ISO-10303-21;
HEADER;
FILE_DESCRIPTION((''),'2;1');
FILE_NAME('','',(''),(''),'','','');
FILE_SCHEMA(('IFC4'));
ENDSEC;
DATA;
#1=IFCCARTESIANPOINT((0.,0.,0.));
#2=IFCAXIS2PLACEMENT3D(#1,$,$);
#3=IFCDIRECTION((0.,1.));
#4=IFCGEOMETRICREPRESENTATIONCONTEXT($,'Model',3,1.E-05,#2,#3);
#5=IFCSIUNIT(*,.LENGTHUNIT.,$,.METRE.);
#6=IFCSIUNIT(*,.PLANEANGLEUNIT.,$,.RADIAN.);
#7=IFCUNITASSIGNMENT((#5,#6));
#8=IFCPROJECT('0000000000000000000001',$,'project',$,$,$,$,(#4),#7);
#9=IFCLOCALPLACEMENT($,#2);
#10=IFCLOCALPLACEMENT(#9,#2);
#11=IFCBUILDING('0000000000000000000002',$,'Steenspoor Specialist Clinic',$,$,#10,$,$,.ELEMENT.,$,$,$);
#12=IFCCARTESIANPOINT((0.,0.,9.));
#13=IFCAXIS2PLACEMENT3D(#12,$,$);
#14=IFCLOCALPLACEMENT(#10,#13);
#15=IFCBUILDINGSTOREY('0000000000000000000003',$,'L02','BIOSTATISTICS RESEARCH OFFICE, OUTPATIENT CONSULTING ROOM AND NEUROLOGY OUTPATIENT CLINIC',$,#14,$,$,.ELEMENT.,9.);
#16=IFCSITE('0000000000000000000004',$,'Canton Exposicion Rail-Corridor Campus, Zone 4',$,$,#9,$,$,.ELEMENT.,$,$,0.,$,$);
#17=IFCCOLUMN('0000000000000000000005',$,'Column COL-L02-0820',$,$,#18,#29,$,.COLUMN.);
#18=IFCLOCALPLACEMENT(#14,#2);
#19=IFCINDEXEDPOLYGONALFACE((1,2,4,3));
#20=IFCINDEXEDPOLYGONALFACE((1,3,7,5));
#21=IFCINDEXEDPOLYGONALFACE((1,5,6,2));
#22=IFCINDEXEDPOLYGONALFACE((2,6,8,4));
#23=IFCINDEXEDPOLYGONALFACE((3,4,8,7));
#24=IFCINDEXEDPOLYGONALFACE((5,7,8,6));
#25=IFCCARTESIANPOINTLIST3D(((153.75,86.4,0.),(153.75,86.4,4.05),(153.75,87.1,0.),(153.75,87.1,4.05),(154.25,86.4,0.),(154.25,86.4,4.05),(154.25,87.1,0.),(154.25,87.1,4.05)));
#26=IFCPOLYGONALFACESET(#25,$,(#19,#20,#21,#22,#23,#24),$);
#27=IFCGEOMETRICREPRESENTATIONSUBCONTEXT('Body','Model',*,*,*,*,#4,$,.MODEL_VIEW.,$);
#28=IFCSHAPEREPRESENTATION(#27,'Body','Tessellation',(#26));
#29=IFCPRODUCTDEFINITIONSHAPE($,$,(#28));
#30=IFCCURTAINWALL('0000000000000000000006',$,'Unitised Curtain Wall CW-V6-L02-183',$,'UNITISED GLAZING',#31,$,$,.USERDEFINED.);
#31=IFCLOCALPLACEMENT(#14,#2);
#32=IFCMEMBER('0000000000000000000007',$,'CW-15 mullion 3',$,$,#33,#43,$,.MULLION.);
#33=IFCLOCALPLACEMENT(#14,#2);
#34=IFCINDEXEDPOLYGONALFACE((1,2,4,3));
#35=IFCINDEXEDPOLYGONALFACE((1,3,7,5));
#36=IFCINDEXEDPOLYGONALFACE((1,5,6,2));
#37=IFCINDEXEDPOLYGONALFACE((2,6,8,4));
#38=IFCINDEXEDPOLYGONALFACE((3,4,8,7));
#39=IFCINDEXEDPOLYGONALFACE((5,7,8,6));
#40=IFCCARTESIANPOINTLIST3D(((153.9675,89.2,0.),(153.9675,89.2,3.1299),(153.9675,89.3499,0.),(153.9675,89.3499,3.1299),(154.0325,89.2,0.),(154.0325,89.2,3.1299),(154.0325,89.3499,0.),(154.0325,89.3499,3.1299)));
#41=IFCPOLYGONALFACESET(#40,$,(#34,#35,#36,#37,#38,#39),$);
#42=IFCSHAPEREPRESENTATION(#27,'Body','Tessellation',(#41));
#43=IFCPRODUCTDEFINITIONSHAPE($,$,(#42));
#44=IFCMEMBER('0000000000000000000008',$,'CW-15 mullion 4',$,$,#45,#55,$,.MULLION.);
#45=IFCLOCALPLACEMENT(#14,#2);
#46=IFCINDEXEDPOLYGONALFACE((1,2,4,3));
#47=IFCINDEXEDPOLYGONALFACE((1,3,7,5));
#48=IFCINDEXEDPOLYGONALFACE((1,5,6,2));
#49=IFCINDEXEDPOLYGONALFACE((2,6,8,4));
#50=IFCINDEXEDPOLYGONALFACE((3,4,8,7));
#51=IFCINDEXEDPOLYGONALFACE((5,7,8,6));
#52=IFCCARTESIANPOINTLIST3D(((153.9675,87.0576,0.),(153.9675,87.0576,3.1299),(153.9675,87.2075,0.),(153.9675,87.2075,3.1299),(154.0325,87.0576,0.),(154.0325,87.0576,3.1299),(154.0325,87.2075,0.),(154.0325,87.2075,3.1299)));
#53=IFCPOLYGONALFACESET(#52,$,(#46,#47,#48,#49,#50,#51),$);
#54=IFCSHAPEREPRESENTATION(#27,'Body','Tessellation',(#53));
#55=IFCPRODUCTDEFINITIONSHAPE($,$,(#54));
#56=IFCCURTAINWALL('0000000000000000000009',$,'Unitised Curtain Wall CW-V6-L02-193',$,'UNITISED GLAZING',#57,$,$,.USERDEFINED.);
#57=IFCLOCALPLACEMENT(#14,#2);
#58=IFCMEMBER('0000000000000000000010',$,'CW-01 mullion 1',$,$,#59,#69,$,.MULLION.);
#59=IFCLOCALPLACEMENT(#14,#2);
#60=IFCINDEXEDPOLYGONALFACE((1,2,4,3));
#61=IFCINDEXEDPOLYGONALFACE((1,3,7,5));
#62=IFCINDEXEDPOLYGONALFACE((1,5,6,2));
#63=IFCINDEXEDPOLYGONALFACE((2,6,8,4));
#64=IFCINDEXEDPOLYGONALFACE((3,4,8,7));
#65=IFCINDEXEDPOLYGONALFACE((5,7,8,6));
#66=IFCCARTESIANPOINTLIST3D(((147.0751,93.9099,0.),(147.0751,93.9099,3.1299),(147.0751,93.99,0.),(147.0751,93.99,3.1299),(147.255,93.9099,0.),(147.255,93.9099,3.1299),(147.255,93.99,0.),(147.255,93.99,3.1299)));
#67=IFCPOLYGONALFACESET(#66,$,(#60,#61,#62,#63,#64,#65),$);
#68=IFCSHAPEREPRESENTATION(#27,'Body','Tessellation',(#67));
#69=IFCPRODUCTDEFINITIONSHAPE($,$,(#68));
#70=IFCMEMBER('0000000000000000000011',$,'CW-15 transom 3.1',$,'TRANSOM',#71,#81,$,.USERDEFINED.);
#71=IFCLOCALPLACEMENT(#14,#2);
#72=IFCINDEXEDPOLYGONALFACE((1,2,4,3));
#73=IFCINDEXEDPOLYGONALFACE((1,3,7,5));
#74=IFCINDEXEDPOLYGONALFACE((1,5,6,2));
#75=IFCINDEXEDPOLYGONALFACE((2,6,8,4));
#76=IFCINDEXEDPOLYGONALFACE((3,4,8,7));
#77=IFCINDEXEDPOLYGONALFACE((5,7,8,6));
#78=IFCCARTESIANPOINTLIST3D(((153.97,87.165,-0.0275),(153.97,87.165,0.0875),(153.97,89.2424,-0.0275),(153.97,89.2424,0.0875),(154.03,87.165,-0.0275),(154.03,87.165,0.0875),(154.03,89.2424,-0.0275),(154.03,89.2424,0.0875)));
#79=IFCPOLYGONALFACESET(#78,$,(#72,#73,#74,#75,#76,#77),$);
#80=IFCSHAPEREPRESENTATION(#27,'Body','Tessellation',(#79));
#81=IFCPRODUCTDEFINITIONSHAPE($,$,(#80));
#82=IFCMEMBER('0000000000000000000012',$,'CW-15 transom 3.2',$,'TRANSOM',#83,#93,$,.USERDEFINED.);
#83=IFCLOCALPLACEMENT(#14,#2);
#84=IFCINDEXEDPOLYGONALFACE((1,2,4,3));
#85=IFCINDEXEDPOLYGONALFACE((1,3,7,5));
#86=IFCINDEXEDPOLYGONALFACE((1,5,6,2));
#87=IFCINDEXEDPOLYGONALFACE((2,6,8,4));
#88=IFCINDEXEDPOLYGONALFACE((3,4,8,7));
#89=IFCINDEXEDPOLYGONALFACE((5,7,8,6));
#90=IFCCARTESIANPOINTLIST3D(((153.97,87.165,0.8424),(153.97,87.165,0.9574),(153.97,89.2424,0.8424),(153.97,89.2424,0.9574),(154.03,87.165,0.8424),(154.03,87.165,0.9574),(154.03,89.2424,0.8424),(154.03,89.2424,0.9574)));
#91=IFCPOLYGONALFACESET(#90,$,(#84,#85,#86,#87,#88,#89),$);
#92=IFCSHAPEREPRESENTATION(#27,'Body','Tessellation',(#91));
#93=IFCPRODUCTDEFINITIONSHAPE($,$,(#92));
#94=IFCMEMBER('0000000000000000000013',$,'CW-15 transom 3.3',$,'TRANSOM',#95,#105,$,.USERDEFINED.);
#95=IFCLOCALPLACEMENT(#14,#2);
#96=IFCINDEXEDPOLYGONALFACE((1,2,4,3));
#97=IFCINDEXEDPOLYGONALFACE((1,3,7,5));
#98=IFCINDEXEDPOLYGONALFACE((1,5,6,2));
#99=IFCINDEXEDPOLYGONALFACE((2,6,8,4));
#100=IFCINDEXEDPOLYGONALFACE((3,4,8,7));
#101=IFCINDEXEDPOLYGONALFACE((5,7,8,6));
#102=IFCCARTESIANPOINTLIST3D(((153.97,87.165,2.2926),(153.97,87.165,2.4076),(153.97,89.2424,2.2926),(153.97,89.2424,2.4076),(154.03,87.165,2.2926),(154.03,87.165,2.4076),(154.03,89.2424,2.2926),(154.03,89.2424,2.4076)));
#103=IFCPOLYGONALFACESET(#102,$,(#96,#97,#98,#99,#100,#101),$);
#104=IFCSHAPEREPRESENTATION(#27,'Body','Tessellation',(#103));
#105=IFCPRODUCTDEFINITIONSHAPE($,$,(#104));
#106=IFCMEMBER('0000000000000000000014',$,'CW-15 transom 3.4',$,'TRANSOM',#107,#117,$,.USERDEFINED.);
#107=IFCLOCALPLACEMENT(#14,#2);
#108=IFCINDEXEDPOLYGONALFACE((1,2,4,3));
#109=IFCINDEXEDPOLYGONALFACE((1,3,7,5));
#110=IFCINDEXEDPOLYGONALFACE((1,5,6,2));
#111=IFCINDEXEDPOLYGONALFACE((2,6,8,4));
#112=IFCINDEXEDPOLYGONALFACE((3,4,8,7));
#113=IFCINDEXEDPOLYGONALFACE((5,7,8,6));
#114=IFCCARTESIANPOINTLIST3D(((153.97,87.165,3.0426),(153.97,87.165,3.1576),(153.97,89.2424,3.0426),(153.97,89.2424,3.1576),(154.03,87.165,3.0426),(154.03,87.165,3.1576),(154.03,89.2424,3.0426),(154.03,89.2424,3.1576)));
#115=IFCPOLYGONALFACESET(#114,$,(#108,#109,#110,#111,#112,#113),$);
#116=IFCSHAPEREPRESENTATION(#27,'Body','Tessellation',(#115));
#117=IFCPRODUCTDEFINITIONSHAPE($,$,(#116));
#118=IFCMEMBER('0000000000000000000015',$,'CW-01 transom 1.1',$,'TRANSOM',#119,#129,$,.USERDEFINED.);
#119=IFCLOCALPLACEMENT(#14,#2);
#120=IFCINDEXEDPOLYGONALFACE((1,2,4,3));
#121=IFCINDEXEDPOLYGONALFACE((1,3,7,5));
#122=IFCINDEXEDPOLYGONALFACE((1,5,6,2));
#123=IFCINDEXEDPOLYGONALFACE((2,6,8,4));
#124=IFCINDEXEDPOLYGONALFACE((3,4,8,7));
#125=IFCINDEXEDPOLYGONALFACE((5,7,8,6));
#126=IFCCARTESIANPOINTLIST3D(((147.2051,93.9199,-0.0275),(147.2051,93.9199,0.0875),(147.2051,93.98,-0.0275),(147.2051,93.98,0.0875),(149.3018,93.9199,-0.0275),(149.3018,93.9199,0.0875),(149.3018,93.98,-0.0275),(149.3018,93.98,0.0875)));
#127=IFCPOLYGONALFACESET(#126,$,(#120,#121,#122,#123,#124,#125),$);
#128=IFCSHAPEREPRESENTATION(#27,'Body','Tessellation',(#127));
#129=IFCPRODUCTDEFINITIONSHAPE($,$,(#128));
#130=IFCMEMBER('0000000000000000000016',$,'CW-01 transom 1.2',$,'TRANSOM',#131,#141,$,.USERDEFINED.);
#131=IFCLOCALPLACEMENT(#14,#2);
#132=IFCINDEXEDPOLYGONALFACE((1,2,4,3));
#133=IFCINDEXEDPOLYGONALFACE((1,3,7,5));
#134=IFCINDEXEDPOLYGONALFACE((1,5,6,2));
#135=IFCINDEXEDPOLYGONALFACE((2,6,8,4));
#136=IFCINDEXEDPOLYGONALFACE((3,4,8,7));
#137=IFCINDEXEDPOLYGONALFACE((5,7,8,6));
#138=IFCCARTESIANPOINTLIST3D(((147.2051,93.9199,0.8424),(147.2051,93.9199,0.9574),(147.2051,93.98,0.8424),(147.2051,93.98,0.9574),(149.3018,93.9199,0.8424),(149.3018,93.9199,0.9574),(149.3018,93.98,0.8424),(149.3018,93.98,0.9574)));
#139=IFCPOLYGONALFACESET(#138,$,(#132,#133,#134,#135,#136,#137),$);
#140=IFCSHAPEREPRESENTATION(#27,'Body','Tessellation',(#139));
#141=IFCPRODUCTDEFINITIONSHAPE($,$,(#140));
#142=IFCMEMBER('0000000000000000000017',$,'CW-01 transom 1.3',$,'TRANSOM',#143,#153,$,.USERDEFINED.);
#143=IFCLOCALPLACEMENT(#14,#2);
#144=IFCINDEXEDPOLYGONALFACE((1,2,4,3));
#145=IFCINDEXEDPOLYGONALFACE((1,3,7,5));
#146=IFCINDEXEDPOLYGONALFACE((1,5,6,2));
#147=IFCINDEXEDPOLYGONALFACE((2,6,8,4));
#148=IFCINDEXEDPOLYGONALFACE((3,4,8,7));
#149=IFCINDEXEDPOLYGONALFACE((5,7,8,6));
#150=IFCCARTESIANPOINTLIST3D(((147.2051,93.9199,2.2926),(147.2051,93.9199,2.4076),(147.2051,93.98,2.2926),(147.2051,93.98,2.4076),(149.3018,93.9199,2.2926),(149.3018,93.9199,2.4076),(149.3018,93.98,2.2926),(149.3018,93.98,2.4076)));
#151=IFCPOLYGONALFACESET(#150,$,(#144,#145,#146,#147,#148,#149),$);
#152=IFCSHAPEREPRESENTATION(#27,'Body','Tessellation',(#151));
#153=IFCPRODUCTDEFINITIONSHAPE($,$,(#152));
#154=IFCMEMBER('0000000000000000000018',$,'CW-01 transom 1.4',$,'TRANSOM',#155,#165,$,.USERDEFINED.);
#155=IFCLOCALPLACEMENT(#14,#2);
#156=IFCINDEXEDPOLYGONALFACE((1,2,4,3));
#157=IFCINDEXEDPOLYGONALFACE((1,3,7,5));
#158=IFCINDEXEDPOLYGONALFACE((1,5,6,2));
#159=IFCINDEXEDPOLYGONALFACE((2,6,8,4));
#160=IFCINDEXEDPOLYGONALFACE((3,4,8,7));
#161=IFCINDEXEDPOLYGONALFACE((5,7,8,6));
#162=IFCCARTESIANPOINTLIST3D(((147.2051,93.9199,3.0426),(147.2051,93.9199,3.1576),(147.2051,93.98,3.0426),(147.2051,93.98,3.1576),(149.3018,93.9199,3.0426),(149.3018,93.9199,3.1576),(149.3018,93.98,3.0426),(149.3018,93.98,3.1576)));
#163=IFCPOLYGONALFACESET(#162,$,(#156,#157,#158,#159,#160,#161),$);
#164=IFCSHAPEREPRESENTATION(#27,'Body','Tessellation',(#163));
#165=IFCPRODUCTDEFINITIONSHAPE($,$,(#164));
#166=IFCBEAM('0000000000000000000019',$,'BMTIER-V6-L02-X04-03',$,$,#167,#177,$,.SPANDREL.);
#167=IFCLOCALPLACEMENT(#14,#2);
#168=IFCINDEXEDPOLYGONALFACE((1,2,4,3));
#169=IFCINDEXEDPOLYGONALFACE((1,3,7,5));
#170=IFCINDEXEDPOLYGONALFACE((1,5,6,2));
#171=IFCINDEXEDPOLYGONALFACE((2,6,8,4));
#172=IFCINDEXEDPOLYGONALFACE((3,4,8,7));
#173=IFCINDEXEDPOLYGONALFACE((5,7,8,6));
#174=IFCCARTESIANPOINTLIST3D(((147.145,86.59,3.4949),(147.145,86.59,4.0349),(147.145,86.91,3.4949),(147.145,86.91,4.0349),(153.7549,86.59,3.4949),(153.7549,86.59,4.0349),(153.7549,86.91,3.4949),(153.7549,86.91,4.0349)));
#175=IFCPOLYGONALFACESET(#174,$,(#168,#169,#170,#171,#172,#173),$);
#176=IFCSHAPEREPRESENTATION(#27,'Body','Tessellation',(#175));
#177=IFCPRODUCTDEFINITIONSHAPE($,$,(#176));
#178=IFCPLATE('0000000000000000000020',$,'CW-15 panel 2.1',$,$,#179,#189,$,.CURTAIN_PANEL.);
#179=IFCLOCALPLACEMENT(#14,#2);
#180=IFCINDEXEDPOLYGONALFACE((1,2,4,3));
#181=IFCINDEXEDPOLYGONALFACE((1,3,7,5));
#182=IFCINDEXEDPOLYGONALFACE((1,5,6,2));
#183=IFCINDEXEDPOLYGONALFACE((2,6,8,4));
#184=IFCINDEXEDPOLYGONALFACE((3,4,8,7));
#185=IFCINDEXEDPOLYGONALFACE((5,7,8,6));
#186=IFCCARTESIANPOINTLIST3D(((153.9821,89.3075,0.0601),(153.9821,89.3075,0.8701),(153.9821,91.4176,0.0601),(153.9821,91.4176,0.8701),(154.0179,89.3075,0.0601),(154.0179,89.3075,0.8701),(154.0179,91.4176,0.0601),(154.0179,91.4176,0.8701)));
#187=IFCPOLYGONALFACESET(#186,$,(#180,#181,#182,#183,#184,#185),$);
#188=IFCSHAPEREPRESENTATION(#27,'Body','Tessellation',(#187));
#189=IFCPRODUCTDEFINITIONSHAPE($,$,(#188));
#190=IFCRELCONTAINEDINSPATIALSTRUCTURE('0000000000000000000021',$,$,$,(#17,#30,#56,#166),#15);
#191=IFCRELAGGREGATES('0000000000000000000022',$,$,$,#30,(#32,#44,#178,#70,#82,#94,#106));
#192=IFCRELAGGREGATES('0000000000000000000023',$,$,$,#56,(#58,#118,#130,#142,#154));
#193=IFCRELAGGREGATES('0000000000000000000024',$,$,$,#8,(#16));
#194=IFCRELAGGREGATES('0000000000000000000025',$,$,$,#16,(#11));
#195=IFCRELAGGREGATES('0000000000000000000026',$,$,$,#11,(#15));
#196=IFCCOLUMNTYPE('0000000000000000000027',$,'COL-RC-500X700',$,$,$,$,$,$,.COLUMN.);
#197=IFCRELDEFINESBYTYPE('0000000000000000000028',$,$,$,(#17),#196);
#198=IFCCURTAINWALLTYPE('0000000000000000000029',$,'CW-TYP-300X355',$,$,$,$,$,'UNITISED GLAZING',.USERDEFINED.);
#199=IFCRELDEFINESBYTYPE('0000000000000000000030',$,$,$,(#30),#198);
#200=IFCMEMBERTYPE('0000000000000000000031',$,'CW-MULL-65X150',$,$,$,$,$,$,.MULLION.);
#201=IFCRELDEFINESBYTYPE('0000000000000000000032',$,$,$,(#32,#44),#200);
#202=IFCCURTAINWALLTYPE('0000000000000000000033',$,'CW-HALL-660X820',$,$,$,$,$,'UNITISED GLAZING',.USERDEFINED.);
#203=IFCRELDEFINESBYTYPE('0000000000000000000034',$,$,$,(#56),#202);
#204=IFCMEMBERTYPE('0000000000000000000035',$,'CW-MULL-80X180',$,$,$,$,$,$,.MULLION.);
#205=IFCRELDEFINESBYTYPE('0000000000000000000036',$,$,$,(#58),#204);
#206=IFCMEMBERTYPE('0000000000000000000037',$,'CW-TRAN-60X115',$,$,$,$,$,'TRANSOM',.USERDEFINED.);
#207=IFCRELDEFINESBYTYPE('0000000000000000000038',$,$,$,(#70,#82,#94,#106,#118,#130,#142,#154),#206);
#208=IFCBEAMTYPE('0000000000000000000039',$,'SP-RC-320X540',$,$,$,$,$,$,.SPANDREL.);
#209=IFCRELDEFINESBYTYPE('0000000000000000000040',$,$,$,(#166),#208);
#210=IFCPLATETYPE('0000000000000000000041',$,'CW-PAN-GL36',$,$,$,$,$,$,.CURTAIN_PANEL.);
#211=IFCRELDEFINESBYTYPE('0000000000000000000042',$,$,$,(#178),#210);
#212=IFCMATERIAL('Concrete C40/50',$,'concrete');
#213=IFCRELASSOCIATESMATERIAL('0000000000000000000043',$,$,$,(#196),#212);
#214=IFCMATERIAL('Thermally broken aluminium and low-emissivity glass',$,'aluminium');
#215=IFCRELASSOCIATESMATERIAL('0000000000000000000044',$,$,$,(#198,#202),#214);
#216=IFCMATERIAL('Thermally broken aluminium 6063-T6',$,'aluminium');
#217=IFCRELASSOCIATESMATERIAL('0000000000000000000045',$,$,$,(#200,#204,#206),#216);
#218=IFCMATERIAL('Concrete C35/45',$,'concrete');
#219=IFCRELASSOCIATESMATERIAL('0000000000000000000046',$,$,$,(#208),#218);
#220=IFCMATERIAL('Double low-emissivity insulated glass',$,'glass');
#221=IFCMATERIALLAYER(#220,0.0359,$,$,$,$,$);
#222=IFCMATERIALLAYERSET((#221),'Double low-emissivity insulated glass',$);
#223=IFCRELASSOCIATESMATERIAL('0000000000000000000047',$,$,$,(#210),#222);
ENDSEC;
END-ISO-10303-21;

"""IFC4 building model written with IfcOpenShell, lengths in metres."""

from ifc_helpers import new_model, si_unit, direction, frame, origin, origin_2d, place, context, subcontext, project, spatial, rectangle, extrude, material, layer, layer_set, material_profile, profile_set, type_object, element, aggregate, save


model = new_model("IFC4")

# Units and contexts
model_context = context("Model", 3, precision=1e-05, world=origin(), true_north=direction((0.0, 1.0)))
body_context = subcontext(model_context, "Body", "Model", "MODEL_VIEW")
ifc_project = project(units=[si_unit("LENGTHUNIT", "METRE"), si_unit("PLANEANGLEUNIT", "RADIAN")], contexts=[model_context])

# Site, building, storey
site_placement = place(None, origin())
site = spatial("IfcSite", under=ifc_project, at=site_placement, Name="Canton Exposicion Rail-Corridor Campus, Zone 4", CompositionType="ELEMENT", RefElevation=0.0)
building_placement = place(site_placement, origin())
building = spatial("IfcBuilding", under=site, at=building_placement, Name="Steenspoor Specialist Clinic", CompositionType="ELEMENT")
storey_placement = place(building_placement, frame((0.0, 0.0, 9.0)))
storey = spatial("IfcBuildingStorey", under=building, at=storey_placement, Name="L02", Description="BIOSTATISTICS RESEARCH OFFICE, OUTPATIENT CONSULTING ROOM AND NEUROLOGY OUTPATIENT CLINIC", CompositionType="ELEMENT", Elevation=9.0)

# Column
ifc_material_1 = material(Name="Concrete C40/50", Category="concrete")
ifc_material_profile_1 = material_profile(ifc_material_1, rectangle(XDim=0.5, YDim=0.7, at=origin_2d()), Name="RC-COL-500X700")
ifc_profile_set_1 = profile_set([ifc_material_profile_1], Name="Concrete C40/50")
column_type = type_object("IfcColumnType", Name="COL-RC-500X700", PredefinedType="COLUMN", material=ifc_profile_set_1)
column_placement = place(storey_placement, frame((154.0, 86.75, 0.0), z_axis=(0.0, 0.0, 1.0), x_axis=(1.0, 0.0, 0.0)))
element("IfcColumn", 1, at=column_placement, inside=storey, type_object=column_type, Name="Column COL-L02-0820", PredefinedType="COLUMN", context=body_context, shape_type="SweptSolid", body=[
    extrude(rectangle(XDim=0.5, YDim=0.7, at=origin_2d()), origin(), (0.0, 0.0, 1.0), 4.05),
])

# Curtain wall, members
ifc_material_2 = material(Name="Thermally broken aluminium and low-emissivity glass", Category="aluminium")
curtain_wall_type_1 = type_object("IfcCurtainWallType", Name="CW-TYP-300X355", ElementType="UNITISED GLAZING", PredefinedType="USERDEFINED", material=ifc_material_2)
curtain_wall_1_placement = place(storey_placement, origin())
curtain_wall_1 = element("IfcCurtainWall", 2, at=curtain_wall_1_placement, inside=storey, type_object=curtain_wall_type_1, Name="Unitised Curtain Wall CW-V6-L02-183", ObjectType="UNITISED GLAZING", PredefinedType="USERDEFINED")
ifc_material_3 = material(Name="Thermally broken aluminium 6063-T6", Category="aluminium")
ifc_material_profile_2 = material_profile(ifc_material_3, rectangle(XDim=0.0649, YDim=0.1499, at=origin_2d()), Name="CWM-65X150")
ifc_profile_set_2 = profile_set([ifc_material_profile_2], Name="Thermally broken aluminium 6063-T6")
member_type_1 = type_object("IfcMemberType", Name="CW-MULL-65X150", PredefinedType="MULLION", material=ifc_profile_set_2)
member_1_placement = place(storey_placement, frame((154.0, 89.2749, 0.0), z_axis=(0.0, 0.0, 1.0), x_axis=(1.0, 0.0, 0.0)))
member_1 = element("IfcMember", 3, at=member_1_placement, type_object=member_type_1, Name="CW-15 mullion 3", PredefinedType="MULLION", context=body_context, shape_type="SweptSolid", body=[
    extrude(rectangle(XDim=0.0649, YDim=0.1499, at=origin_2d()), origin(), (0.0, 0.0, 1.0), 3.1299),
])
member_2_placement = place(storey_placement, frame((154.0, 87.1326, 0.0), z_axis=(0.0, 0.0, 1.0), x_axis=(1.0, 0.0, 0.0)))
member_2 = element("IfcMember", 4, at=member_2_placement, type_object=member_type_1, Name="CW-15 mullion 4", PredefinedType="MULLION", context=body_context, shape_type="SweptSolid", body=[
    extrude(rectangle(XDim=0.0649, YDim=0.1499, at=origin_2d()), origin(), (0.0, 0.0, 1.0), 3.1299),
])

# Curtain wall, member
curtain_wall_type_2 = type_object("IfcCurtainWallType", Name="CW-HALL-660X820", ElementType="UNITISED GLAZING", PredefinedType="USERDEFINED", material=ifc_material_2)
curtain_wall_2_placement = place(storey_placement, origin())
curtain_wall_2 = element("IfcCurtainWall", 5, at=curtain_wall_2_placement, inside=storey, type_object=curtain_wall_type_2, Name="Unitised Curtain Wall CW-V6-L02-193", ObjectType="UNITISED GLAZING", PredefinedType="USERDEFINED")
ifc_material_profile_3 = material_profile(ifc_material_3, rectangle(XDim=0.0801, YDim=0.1799, at=origin_2d()), Name="CWM-80X180")
ifc_profile_set_3 = profile_set([ifc_material_profile_3], Name="Thermally broken aluminium 6063-T6")
member_type_2 = type_object("IfcMemberType", Name="CW-MULL-80X180", PredefinedType="MULLION", material=ifc_profile_set_3)
member_3_placement = place(storey_placement, frame((147.165, 93.95, 0.0), z_axis=(0.0, 0.0, 1.0), x_axis=(0.0, 1.0, 0.0)))
member_3 = element("IfcMember", 6, at=member_3_placement, type_object=member_type_2, Name="CW-01 mullion 1", PredefinedType="MULLION", context=body_context, shape_type="SweptSolid", body=[
    extrude(rectangle(XDim=0.0801, YDim=0.1799, at=origin_2d()), origin(), (0.0, 0.0, 1.0), 3.1299),
])

# Members
ifc_material_profile_4 = material_profile(ifc_material_3, rectangle(XDim=0.0601, YDim=0.115, at=origin_2d()), Name="CWT-60X115")
ifc_profile_set_4 = profile_set([ifc_material_profile_4], Name="Thermally broken aluminium 6063-T6")
member_type_3 = type_object("IfcMemberType", Name="CW-TRAN-60X115", ElementType="TRANSOM", PredefinedType="USERDEFINED", material=ifc_profile_set_4)
member_4_placement = place(storey_placement, frame((154.0, 89.2424, 0.03), z_axis=(0.0, -1.0, 0.0), x_axis=(1.0, 0.0, 0.0)))
member_4 = element("IfcMember", 7, at=member_4_placement, type_object=member_type_3, Name="CW-15 transom 3.1", ObjectType="TRANSOM", PredefinedType="USERDEFINED", context=body_context, shape_type="SweptSolid", body=[
    extrude(rectangle(XDim=0.0601, YDim=0.115, at=origin_2d()), origin(), (0.0, 0.0, 1.0), 2.0774),
])
member_5_placement = place(storey_placement, frame((154.0, 89.2424, 0.8999), z_axis=(0.0, -1.0, 0.0), x_axis=(1.0, 0.0, 0.0)))
member_5 = element("IfcMember", 8, at=member_5_placement, type_object=member_type_3, Name="CW-15 transom 3.2", ObjectType="TRANSOM", PredefinedType="USERDEFINED", context=body_context, shape_type="SweptSolid", body=[
    extrude(rectangle(XDim=0.0601, YDim=0.115, at=origin_2d()), origin(), (0.0, 0.0, 1.0), 2.0774),
])
member_6_placement = place(storey_placement, frame((154.0, 89.2424, 2.3501), z_axis=(0.0, -1.0, 0.0), x_axis=(1.0, 0.0, 0.0)))
member_6 = element("IfcMember", 9, at=member_6_placement, type_object=member_type_3, Name="CW-15 transom 3.3", ObjectType="TRANSOM", PredefinedType="USERDEFINED", context=body_context, shape_type="SweptSolid", body=[
    extrude(rectangle(XDim=0.0601, YDim=0.115, at=origin_2d()), origin(), (0.0, 0.0, 1.0), 2.0774),
])
member_7_placement = place(storey_placement, frame((154.0, 89.2424, 3.1001), z_axis=(0.0, -1.0, 0.0), x_axis=(1.0, 0.0, 0.0)))
member_7 = element("IfcMember", 10, at=member_7_placement, type_object=member_type_3, Name="CW-15 transom 3.4", ObjectType="TRANSOM", PredefinedType="USERDEFINED", context=body_context, shape_type="SweptSolid", body=[
    extrude(rectangle(XDim=0.0601, YDim=0.115, at=origin_2d()), origin(), (0.0, 0.0, 1.0), 2.0774),
])
member_8_placement = place(storey_placement, frame((147.2051, 93.95, 0.03), z_axis=(1.0, 0.0, 0.0), x_axis=(0.0, 1.0, 0.0)))
member_8 = element("IfcMember", 11, at=member_8_placement, type_object=member_type_3, Name="CW-01 transom 1.1", ObjectType="TRANSOM", PredefinedType="USERDEFINED", context=body_context, shape_type="SweptSolid", body=[
    extrude(rectangle(XDim=0.0601, YDim=0.115, at=origin_2d()), origin(), (0.0, 0.0, 1.0), 2.0967),
])
member_9_placement = place(storey_placement, frame((147.2051, 93.95, 0.8999), z_axis=(1.0, 0.0, 0.0), x_axis=(0.0, 1.0, 0.0)))
member_9 = element("IfcMember", 12, at=member_9_placement, type_object=member_type_3, Name="CW-01 transom 1.2", ObjectType="TRANSOM", PredefinedType="USERDEFINED", context=body_context, shape_type="SweptSolid", body=[
    extrude(rectangle(XDim=0.0601, YDim=0.115, at=origin_2d()), origin(), (0.0, 0.0, 1.0), 2.0967),
])
member_10_placement = place(storey_placement, frame((147.2051, 93.95, 2.3501), z_axis=(1.0, 0.0, 0.0), x_axis=(0.0, 1.0, 0.0)))
member_10 = element("IfcMember", 13, at=member_10_placement, type_object=member_type_3, Name="CW-01 transom 1.3", ObjectType="TRANSOM", PredefinedType="USERDEFINED", context=body_context, shape_type="SweptSolid", body=[
    extrude(rectangle(XDim=0.0601, YDim=0.115, at=origin_2d()), origin(), (0.0, 0.0, 1.0), 2.0967),
])
member_11_placement = place(storey_placement, frame((147.2051, 93.95, 3.1001), z_axis=(1.0, 0.0, 0.0), x_axis=(0.0, 1.0, 0.0)))
member_11 = element("IfcMember", 14, at=member_11_placement, type_object=member_type_3, Name="CW-01 transom 1.4", ObjectType="TRANSOM", PredefinedType="USERDEFINED", context=body_context, shape_type="SweptSolid", body=[
    extrude(rectangle(XDim=0.0601, YDim=0.115, at=origin_2d()), origin(), (0.0, 0.0, 1.0), 2.0967),
])

# Beam
ifc_material_4 = material(Name="Concrete C35/45", Category="concrete")
ifc_material_profile_5 = material_profile(ifc_material_4, rectangle(XDim=0.3201, YDim=0.54, at=origin_2d()), Name="RC-SP-320X540")
ifc_profile_set_5 = profile_set([ifc_material_profile_5], Name="Concrete C35/45")
beam_type = type_object("IfcBeamType", Name="SP-RC-320X540", PredefinedType="SPANDREL", material=ifc_profile_set_5)
beam_placement = place(storey_placement, frame((147.145, 86.75, 3.7649), z_axis=(1.0, 0.0, 0.0), x_axis=(0.0, 1.0, 0.0)))
element("IfcBeam", 15, at=beam_placement, inside=storey, type_object=beam_type, Name="BMTIER-V6-L02-X04-03", PredefinedType="SPANDREL", context=body_context, shape_type="SweptSolid", body=[
    extrude(rectangle(XDim=0.3201, YDim=0.54, at=origin_2d()), origin(), (0.0, 0.0, 1.0), 6.6099),
])

# Plate
ifc_material_5 = material(Name="Double low-emissivity insulated glass", Category="glass")
ifc_layer_1 = layer(ifc_material_5, 0.0359)
ifc_layer_set_1 = layer_set([ifc_layer_1], Name="Double low-emissivity insulated glass")
plate_type_1 = type_object("IfcPlateType", Name="CW-PAN-GL36", PredefinedType="CURTAIN_PANEL", material=ifc_layer_set_1)
plate_1_placement = place(storey_placement, frame((154.0, 90.3625, 0.0601), z_axis=(0.0, 0.0, 1.0), x_axis=(0.0, -1.0, 0.0)))
plate_1 = element("IfcPlate", 16, at=plate_1_placement, type_object=plate_type_1, Name="CW-15 panel 2.1", PredefinedType="CURTAIN_PANEL", context=body_context, shape_type="SweptSolid", body=[
    extrude(rectangle(XDim=2.1101, YDim=0.0359, at=origin_2d()), origin(), (0.0, 0.0, 1.0), 0.8101),
])
aggregate(curtain_wall_1, [member_1, member_2, plate_1, member_4, member_5, member_6, member_7])
aggregate(curtain_wall_2, [member_3, member_8, member_9, member_10, member_11])

save(model, "model.ifc")
